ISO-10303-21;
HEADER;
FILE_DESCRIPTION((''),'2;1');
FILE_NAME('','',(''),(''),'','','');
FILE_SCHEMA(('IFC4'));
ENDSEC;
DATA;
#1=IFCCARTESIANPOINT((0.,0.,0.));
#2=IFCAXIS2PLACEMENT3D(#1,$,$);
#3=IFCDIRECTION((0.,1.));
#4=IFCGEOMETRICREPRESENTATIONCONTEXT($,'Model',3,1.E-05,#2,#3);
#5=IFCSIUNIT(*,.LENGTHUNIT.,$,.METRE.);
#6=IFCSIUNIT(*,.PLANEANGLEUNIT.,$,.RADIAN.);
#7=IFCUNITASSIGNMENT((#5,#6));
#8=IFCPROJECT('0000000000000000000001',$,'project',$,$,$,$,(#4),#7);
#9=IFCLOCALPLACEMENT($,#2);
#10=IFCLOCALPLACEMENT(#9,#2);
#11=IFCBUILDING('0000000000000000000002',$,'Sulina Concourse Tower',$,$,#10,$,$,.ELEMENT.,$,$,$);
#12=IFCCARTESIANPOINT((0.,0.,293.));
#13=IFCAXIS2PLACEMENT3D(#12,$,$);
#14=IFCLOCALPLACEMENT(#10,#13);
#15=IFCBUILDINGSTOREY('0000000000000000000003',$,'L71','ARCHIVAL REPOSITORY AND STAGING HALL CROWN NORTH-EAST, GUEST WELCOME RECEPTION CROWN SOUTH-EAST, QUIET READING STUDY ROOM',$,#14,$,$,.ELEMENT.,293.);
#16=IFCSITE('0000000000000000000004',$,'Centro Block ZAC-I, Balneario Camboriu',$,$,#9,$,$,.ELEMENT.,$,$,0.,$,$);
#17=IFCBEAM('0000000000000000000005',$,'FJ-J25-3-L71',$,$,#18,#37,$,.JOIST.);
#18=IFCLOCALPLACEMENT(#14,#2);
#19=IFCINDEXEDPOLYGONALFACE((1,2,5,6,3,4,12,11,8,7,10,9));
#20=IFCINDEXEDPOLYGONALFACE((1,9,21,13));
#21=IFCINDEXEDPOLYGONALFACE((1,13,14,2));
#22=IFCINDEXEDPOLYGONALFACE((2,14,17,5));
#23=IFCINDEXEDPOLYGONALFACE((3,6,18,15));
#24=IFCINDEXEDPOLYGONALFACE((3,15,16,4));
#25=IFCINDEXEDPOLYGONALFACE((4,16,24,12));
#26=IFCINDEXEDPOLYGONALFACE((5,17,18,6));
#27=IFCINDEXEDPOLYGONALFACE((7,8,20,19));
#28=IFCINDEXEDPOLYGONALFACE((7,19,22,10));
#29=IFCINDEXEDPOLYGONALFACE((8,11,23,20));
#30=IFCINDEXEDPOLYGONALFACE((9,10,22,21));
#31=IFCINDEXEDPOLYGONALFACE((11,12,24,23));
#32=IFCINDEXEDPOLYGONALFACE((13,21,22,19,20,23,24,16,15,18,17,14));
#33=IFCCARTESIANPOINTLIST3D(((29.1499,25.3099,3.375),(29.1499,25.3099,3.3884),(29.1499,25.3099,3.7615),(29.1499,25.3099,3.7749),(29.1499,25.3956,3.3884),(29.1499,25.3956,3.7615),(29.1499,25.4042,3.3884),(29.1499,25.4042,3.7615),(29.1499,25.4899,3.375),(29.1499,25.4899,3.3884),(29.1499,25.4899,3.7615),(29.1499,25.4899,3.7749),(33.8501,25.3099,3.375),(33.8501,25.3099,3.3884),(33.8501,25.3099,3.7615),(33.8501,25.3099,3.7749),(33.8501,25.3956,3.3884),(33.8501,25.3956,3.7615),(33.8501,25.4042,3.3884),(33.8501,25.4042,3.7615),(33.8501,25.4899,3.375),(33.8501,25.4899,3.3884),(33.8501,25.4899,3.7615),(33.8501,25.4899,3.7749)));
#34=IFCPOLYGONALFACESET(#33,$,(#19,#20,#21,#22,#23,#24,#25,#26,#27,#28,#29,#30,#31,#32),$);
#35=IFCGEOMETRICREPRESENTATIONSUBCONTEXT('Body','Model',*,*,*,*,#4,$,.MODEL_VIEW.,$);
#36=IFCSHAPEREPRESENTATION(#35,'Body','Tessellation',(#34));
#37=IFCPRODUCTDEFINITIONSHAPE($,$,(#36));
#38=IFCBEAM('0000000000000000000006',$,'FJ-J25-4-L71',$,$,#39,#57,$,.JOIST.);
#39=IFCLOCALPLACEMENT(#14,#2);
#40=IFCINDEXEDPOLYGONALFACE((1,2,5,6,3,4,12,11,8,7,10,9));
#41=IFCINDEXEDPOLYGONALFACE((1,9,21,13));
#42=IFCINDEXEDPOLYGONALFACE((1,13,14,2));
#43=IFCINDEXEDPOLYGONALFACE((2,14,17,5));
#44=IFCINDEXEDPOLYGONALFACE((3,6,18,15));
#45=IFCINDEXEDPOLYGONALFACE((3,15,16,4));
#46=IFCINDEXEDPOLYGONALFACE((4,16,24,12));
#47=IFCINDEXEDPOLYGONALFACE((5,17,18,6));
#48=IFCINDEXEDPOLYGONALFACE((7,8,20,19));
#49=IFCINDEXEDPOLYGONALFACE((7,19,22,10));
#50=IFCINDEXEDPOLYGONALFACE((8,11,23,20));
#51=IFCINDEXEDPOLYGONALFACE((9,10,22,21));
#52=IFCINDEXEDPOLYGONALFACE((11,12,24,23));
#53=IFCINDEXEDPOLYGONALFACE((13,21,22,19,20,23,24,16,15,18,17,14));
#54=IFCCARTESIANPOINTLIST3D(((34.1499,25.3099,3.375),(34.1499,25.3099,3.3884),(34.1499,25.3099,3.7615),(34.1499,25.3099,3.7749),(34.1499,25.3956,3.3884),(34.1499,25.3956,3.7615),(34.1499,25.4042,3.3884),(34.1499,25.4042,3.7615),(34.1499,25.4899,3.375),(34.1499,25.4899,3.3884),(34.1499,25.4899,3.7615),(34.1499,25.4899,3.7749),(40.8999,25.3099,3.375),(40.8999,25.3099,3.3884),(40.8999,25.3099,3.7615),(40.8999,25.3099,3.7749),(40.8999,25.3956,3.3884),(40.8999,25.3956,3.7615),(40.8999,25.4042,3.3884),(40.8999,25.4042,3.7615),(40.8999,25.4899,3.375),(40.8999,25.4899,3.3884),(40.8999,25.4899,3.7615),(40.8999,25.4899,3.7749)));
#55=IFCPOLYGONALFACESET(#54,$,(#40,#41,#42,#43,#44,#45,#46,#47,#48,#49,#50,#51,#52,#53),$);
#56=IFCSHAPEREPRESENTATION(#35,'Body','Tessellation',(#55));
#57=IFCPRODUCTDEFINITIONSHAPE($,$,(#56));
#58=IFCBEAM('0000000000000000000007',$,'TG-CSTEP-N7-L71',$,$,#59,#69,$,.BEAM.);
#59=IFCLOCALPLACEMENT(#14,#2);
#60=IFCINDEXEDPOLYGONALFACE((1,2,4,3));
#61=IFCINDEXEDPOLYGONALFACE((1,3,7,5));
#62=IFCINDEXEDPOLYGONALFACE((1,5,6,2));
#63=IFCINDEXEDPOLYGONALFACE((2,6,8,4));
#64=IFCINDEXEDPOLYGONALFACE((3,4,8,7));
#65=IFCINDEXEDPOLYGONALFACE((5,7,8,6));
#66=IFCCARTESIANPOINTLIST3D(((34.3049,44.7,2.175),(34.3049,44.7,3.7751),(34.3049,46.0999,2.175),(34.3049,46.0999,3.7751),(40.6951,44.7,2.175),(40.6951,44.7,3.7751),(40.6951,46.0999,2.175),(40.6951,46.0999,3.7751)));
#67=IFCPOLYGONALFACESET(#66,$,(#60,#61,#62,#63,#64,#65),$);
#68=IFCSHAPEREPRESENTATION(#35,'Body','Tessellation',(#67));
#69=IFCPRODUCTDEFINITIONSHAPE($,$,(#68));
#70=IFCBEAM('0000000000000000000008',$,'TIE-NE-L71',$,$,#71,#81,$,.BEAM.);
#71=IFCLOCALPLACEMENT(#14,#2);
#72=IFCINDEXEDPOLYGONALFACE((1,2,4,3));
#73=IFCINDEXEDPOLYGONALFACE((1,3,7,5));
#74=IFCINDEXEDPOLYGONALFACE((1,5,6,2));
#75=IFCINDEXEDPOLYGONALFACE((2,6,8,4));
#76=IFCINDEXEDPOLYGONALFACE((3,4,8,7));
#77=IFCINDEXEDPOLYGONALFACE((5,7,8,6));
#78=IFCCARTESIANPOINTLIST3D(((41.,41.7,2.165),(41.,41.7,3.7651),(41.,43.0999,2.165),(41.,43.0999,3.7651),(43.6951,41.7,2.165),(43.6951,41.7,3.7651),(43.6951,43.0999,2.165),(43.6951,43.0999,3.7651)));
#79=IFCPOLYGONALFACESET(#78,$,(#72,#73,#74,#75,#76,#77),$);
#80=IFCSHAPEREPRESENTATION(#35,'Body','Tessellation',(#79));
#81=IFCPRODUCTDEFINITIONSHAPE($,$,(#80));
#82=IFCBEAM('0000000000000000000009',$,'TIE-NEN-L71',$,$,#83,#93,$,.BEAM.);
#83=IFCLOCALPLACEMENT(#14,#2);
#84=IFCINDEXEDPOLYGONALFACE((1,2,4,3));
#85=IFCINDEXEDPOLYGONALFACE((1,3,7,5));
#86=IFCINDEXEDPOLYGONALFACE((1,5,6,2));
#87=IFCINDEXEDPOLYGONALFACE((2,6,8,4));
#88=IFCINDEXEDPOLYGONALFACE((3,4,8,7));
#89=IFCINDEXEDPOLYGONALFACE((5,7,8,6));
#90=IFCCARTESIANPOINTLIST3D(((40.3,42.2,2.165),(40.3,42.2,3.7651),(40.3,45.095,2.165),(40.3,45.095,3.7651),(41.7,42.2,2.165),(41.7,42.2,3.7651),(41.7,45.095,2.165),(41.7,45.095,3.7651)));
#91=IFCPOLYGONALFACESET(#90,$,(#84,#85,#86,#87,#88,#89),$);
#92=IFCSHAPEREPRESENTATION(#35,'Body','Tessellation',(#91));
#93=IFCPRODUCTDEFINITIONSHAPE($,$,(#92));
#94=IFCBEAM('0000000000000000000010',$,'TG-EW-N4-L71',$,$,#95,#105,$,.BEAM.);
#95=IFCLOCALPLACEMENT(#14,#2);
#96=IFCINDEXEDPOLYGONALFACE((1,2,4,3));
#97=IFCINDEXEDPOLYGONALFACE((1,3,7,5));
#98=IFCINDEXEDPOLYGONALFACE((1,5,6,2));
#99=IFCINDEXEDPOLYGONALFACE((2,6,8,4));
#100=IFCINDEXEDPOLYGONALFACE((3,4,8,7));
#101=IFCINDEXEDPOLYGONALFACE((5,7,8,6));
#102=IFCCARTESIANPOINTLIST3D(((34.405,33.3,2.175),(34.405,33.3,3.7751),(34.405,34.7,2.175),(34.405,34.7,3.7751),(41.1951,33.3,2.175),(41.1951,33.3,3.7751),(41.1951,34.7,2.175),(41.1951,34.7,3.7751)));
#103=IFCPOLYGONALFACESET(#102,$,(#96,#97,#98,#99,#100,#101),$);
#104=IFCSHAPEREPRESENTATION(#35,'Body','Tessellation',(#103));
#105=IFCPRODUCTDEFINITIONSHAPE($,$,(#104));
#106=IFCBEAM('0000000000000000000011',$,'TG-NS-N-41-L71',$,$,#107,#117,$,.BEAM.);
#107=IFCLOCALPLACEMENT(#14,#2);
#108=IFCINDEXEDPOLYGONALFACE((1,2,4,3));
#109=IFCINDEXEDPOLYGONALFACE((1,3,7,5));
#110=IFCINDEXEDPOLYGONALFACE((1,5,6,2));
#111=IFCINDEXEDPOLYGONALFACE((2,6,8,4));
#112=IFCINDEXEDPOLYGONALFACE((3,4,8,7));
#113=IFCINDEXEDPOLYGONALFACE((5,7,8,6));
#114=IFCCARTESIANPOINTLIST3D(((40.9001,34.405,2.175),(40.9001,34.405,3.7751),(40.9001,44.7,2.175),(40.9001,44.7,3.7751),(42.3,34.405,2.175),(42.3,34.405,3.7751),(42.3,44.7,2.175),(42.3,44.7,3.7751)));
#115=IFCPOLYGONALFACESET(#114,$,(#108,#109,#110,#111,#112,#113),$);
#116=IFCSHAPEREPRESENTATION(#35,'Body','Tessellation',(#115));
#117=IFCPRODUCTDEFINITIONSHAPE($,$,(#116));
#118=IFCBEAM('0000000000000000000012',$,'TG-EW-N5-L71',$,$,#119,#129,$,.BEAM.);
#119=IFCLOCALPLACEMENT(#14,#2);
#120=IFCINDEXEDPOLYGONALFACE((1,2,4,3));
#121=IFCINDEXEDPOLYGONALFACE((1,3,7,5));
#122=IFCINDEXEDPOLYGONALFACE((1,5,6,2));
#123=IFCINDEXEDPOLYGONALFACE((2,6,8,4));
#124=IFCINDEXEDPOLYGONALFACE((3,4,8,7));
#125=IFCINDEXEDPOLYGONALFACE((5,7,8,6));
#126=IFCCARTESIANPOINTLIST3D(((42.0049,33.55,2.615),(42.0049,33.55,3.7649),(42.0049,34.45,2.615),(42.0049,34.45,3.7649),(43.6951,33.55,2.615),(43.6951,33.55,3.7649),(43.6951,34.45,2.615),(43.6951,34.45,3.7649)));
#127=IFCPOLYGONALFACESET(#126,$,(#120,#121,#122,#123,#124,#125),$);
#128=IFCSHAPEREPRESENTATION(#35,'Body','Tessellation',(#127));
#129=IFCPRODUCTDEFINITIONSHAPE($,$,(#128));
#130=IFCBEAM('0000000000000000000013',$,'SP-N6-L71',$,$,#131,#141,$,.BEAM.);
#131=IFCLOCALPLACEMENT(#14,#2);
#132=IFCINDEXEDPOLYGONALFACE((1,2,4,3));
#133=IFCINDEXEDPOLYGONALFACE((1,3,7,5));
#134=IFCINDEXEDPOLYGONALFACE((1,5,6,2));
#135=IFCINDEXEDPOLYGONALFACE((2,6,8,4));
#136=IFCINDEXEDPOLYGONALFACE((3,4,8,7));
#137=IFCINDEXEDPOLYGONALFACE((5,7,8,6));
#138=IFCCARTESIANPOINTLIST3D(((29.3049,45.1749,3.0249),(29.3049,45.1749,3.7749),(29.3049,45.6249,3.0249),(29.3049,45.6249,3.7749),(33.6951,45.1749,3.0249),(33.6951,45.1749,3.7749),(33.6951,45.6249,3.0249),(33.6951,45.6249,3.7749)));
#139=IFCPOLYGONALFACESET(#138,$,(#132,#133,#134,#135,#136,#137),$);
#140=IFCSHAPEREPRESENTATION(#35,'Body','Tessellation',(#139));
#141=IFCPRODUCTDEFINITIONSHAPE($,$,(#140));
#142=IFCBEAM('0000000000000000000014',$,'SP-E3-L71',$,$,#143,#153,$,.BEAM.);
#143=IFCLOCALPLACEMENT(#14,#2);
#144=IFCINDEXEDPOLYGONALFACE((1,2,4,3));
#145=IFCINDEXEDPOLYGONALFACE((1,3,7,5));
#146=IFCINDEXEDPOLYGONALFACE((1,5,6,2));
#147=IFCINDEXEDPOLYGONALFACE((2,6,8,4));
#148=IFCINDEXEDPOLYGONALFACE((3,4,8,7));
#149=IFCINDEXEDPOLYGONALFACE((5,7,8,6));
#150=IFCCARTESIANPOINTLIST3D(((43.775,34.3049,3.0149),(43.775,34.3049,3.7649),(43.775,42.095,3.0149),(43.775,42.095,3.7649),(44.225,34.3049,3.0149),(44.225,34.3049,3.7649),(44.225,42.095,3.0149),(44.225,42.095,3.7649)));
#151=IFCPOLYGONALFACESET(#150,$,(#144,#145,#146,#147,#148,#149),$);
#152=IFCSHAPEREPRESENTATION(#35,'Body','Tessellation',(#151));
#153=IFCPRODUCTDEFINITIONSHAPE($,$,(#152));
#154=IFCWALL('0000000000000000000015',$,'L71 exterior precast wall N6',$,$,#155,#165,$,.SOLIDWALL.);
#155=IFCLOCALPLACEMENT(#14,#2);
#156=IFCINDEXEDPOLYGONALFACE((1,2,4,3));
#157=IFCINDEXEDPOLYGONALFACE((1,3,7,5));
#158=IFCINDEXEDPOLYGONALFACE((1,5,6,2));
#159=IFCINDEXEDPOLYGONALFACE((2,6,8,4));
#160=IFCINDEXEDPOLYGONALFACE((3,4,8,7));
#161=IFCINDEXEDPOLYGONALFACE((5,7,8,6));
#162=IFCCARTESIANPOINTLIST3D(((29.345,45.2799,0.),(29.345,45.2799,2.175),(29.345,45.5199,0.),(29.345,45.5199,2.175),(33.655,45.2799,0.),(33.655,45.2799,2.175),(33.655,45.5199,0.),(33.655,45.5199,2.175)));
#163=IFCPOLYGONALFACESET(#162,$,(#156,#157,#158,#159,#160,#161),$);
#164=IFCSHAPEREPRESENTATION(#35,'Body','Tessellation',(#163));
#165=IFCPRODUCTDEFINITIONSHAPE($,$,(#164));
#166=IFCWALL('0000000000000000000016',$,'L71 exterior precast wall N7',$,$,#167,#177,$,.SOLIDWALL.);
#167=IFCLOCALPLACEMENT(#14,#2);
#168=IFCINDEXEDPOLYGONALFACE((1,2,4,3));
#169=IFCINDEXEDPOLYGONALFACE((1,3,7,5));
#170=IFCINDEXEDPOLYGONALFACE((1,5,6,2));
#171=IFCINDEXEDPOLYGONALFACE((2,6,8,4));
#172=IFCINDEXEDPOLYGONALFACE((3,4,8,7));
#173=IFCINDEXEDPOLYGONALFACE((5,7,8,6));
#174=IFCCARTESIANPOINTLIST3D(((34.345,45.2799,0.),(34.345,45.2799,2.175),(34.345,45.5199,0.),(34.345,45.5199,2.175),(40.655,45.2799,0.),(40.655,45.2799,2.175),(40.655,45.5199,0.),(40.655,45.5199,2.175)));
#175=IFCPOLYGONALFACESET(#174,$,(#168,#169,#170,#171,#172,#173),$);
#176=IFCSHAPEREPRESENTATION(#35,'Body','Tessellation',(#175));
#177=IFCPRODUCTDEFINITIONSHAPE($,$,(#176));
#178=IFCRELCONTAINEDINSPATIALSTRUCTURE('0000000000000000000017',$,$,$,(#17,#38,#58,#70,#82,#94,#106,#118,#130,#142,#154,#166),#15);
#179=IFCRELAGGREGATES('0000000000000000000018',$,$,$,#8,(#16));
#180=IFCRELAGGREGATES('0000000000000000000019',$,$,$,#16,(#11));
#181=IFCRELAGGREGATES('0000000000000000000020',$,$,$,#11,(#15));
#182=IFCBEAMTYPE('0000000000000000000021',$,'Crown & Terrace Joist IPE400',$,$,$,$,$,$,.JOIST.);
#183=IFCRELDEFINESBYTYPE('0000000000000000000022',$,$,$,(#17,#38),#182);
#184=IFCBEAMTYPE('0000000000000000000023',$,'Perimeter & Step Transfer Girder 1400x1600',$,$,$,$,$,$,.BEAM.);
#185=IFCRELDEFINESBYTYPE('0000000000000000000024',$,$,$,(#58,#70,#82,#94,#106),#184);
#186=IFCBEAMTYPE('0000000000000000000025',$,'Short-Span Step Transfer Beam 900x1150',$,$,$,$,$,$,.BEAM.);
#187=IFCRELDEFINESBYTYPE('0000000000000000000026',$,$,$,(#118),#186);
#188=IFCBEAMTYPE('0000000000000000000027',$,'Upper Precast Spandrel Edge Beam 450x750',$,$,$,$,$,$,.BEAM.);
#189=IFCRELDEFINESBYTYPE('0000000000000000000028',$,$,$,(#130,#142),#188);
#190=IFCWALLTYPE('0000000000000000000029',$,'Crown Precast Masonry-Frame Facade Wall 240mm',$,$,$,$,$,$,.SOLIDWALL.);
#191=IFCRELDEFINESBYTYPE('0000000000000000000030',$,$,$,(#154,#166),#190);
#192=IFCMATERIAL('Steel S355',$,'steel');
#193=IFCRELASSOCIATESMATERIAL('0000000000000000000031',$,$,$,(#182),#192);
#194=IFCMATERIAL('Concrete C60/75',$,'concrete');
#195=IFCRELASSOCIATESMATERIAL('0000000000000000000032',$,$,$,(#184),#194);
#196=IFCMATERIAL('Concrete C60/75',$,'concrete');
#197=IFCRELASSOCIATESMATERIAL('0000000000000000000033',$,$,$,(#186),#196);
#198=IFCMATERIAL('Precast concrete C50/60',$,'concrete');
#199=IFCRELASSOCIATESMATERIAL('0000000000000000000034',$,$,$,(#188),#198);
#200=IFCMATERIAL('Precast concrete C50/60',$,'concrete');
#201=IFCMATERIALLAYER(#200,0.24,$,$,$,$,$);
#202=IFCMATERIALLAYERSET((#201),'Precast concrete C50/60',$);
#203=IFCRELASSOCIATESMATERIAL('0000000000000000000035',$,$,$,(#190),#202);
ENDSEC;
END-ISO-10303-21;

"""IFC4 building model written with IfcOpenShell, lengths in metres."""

from ifc_helpers import new_model, si_unit, direction, frame, frame_2d, origin, origin_2d, place, context, subcontext, project, spatial, rectangle, i_section, extrude, material, layer, layer_set, material_profile, profile_set, type_object, element, save


model = new_model("IFC4")

# Units and contexts
model_context = context("Model", 3, precision=1e-05, world=origin(), true_north=direction((0.0, 1.0)))
body_context = subcontext(model_context, "Body", "Model", "MODEL_VIEW")
ifc_project = project(units=[si_unit("LENGTHUNIT", "METRE"), si_unit("PLANEANGLEUNIT", "RADIAN")], contexts=[model_context])

# Site, building, storey
site_placement = place(None, origin())
site = spatial("IfcSite", under=ifc_project, at=site_placement, Name="Centro Block ZAC-I, Balneario Camboriu", CompositionType="ELEMENT", RefElevation=0.0)
building_placement = place(site_placement, origin())
building = spatial("IfcBuilding", under=site, at=building_placement, Name="Sulina Concourse Tower", CompositionType="ELEMENT")
storey_placement = place(building_placement, frame((0.0, 0.0, 293.0)))
storey = spatial("IfcBuildingStorey", under=building, at=storey_placement, Name="L71", Description="ARCHIVAL REPOSITORY AND STAGING HALL CROWN NORTH-EAST, GUEST WELCOME RECEPTION CROWN SOUTH-EAST, QUIET READING STUDY ROOM", CompositionType="ELEMENT", Elevation=293.0)

# Beams
ifc_material_1 = material(Name="Steel S355", Category="steel")
ifc_material_profile_1 = material_profile(ifc_material_1, i_section(OverallWidth=0.1799, OverallDepth=0.3999, WebThickness=0.0085, FlangeThickness=0.0134, at=origin_2d()), Name="IPE 400")
ifc_profile_set_1 = profile_set([ifc_material_profile_1], Name="Steel S355")
beam_type_1 = type_object("IfcBeamType", Name="Crown & Terrace Joist IPE400", PredefinedType="JOIST", material=ifc_profile_set_1)
beam_1_placement = place(storey_placement, frame((29.1499, 25.3999, 3.575), z_axis=(1.0, 0.0, 0.0), x_axis=(0.0, 1.0, 0.0)))
element("IfcBeam", 1, at=beam_1_placement, inside=storey, type_object=beam_type_1, Name="FJ-J25-3-L71", PredefinedType="JOIST", context=body_context, shape_type="SweptSolid", body=[
    extrude(i_section(OverallWidth=0.1799, OverallDepth=0.3999, WebThickness=0.0085, FlangeThickness=0.0134, at=origin_2d()), origin(), (0.0, 0.0, 1.0), 4.7002),
])
beam_2_placement = place(storey_placement, frame((34.1499, 25.3999, 3.575), z_axis=(1.0, 0.0, 0.0), x_axis=(0.0, 1.0, 0.0)))
element("IfcBeam", 2, at=beam_2_placement, inside=storey, type_object=beam_type_1, Name="FJ-J25-4-L71", PredefinedType="JOIST", context=body_context, shape_type="SweptSolid", body=[
    extrude(i_section(OverallWidth=0.1799, OverallDepth=0.3999, WebThickness=0.0085, FlangeThickness=0.0134, at=origin_2d()), origin(), (0.0, 0.0, 1.0), 6.75),
])
ifc_material_2 = material(Name="Concrete C60/75", Category="concrete")
ifc_material_profile_2 = material_profile(ifc_material_2, rectangle(XDim=1.3999, YDim=1.6001, at=origin_2d()), Name="RC 1400x1600")
ifc_profile_set_2 = profile_set([ifc_material_profile_2], Name="Concrete C60/75")
beam_type_2 = type_object("IfcBeamType", Name="Perimeter & Step Transfer Girder 1400x1600", PredefinedType="BEAM", material=ifc_profile_set_2)
beam_3_placement = place(storey_placement, frame((34.3049, 45.3999, 2.9751), z_axis=(1.0, 0.0, 0.0), x_axis=(0.0, 1.0, 0.0)))
element("IfcBeam", 3, at=beam_3_placement, inside=storey, type_object=beam_type_2, Name="TG-CSTEP-N7-L71", PredefinedType="BEAM", context=body_context, shape_type="SweptSolid", body=[
    extrude(rectangle(XDim=1.3999, YDim=1.6001, at=origin_2d()), origin(), (0.0, 0.0, 1.0), 6.3901),
])
beam_4_placement = place(storey_placement, frame((41.0, 42.3999, 2.9651), z_axis=(1.0, 0.0, 0.0), x_axis=(0.0, 1.0, 0.0)))
element("IfcBeam", 4, at=beam_4_placement, inside=storey, type_object=beam_type_2, Name="TIE-NE-L71", PredefinedType="BEAM", context=body_context, shape_type="SweptSolid", body=[
    extrude(rectangle(XDim=1.3999, YDim=1.6001, at=origin_2d()), origin(), (0.0, 0.0, 1.0), 2.6951),
])
beam_5_placement = place(storey_placement, frame((41.0, 42.2, 2.9651), z_axis=(0.0, 1.0, 0.0), x_axis=(-1.0, 0.0, 0.0)))
element("IfcBeam", 5, at=beam_5_placement, inside=storey, type_object=beam_type_2, Name="TIE-NEN-L71", PredefinedType="BEAM", context=body_context, shape_type="SweptSolid", body=[
    extrude(rectangle(XDim=1.3999, YDim=1.6001, at=origin_2d()), origin(), (0.0, 0.0, 1.0), 2.895),
])
beam_6_placement = place(storey_placement, frame((34.405, 34.0, 2.9751), z_axis=(1.0, 0.0, 0.0), x_axis=(0.0, 1.0, 0.0)))
element("IfcBeam", 6, at=beam_6_placement, inside=storey, type_object=beam_type_2, Name="TG-EW-N4-L71", PredefinedType="BEAM", context=body_context, shape_type="SweptSolid", body=[
    extrude(rectangle(XDim=1.3999, YDim=1.6001, at=origin_2d()), origin(), (0.0, 0.0, 1.0), 6.79),
])
beam_7_placement = place(storey_placement, frame((41.6001, 34.405, 2.9751), z_axis=(0.0, 1.0, 0.0), x_axis=(-1.0, 0.0, 0.0)))
element("IfcBeam", 7, at=beam_7_placement, inside=storey, type_object=beam_type_2, Name="TG-NS-N-41-L71", PredefinedType="BEAM", context=body_context, shape_type="SweptSolid", body=[
    extrude(rectangle(XDim=1.3999, YDim=1.6001, at=origin_2d()), origin(), (0.0, 0.0, 1.0), 10.2949),
])
ifc_material_3 = material(Name="Concrete C60/75", Category="concrete")
ifc_material_profile_3 = material_profile(ifc_material_3, rectangle(XDim=0.8999, YDim=1.1499, at=origin_2d()), Name="RC 900x1150")
ifc_profile_set_3 = profile_set([ifc_material_profile_3], Name="Concrete C60/75")
beam_type_3 = type_object("IfcBeamType", Name="Short-Span Step Transfer Beam 900x1150", PredefinedType="BEAM", material=ifc_profile_set_3)
beam_8_placement = place(storey_placement, frame((42.0049, 34.0, 3.1899), z_axis=(1.0, 0.0, 0.0), x_axis=(0.0, 1.0, 0.0)))
element("IfcBeam", 8, at=beam_8_placement, inside=storey, type_object=beam_type_3, Name="TG-EW-N5-L71", PredefinedType="BEAM", context=body_context, shape_type="SweptSolid", body=[
    extrude(rectangle(XDim=0.8999, YDim=1.1499, at=origin_2d()), origin(), (0.0, 0.0, 1.0), 1.6902),
])
ifc_material_4 = material(Name="Precast concrete C50/60", Category="concrete")
ifc_material_profile_4 = material_profile(ifc_material_4, rectangle(XDim=0.45, YDim=0.75, at=origin_2d()), Name="RC 450x750")
ifc_profile_set_4 = profile_set([ifc_material_profile_4], Name="Precast concrete C50/60")
beam_type_4 = type_object("IfcBeamType", Name="Upper Precast Spandrel Edge Beam 450x750", PredefinedType="BEAM", material=ifc_profile_set_4)
beam_9_placement = place(storey_placement, frame((29.3049, 45.3999, 3.3999), z_axis=(1.0, 0.0, 0.0), x_axis=(0.0, 1.0, 0.0)))
element("IfcBeam", 9, at=beam_9_placement, inside=storey, type_object=beam_type_4, Name="SP-N6-L71", PredefinedType="BEAM", context=body_context, shape_type="SweptSolid", body=[
    extrude(rectangle(XDim=0.45, YDim=0.75, at=origin_2d()), origin(), (0.0, 0.0, 1.0), 4.3901),
])
beam_10_placement = place(storey_placement, frame((44.0, 34.3049, 3.3899), z_axis=(0.0, 1.0, 0.0), x_axis=(-1.0, 0.0, 0.0)))
element("IfcBeam", 10, at=beam_10_placement, inside=storey, type_object=beam_type_4, Name="SP-E3-L71", PredefinedType="BEAM", context=body_context, shape_type="SweptSolid", body=[
    extrude(rectangle(XDim=0.45, YDim=0.75, at=origin_2d()), origin(), (0.0, 0.0, 1.0), 7.79),
])

# Walls
ifc_material_5 = material(Name="Precast concrete C50/60", Category="concrete")
ifc_layer = layer(ifc_material_5, 0.24)
ifc_layer_set = layer_set([ifc_layer], Name="Precast concrete C50/60")
wall_type = type_object("IfcWallType", Name="Crown Precast Masonry-Frame Facade Wall 240mm", PredefinedType="SOLIDWALL", material=ifc_layer_set)
wall_1_placement = place(storey_placement, frame((29.345, 45.3999, 0.0), z_axis=(0.0, 0.0, 1.0), x_axis=(1.0, 0.0, 0.0)))
element("IfcWall", 11, at=wall_1_placement, inside=storey, type_object=wall_type, Name="L71 exterior precast wall N6", PredefinedType="SOLIDWALL", context=body_context, shape_type="SweptSolid", body=[
    extrude(rectangle(XDim=4.3101, YDim=0.24, at=frame_2d((2.155, 0.0))), origin(), (0.0, 0.0, 1.0), 2.175),
])
wall_2_placement = place(storey_placement, frame((34.345, 45.3999, 0.0), z_axis=(0.0, 0.0, 1.0), x_axis=(1.0, 0.0, 0.0)))
element("IfcWall", 12, at=wall_2_placement, inside=storey, type_object=wall_type, Name="L71 exterior precast wall N7", PredefinedType="SOLIDWALL", context=body_context, shape_type="SweptSolid", body=[
    extrude(rectangle(XDim=6.3101, YDim=0.24, at=frame_2d((3.155, 0.0))), origin(), (0.0, 0.0, 1.0), 2.175),
])

save(model, "model.ifc")
